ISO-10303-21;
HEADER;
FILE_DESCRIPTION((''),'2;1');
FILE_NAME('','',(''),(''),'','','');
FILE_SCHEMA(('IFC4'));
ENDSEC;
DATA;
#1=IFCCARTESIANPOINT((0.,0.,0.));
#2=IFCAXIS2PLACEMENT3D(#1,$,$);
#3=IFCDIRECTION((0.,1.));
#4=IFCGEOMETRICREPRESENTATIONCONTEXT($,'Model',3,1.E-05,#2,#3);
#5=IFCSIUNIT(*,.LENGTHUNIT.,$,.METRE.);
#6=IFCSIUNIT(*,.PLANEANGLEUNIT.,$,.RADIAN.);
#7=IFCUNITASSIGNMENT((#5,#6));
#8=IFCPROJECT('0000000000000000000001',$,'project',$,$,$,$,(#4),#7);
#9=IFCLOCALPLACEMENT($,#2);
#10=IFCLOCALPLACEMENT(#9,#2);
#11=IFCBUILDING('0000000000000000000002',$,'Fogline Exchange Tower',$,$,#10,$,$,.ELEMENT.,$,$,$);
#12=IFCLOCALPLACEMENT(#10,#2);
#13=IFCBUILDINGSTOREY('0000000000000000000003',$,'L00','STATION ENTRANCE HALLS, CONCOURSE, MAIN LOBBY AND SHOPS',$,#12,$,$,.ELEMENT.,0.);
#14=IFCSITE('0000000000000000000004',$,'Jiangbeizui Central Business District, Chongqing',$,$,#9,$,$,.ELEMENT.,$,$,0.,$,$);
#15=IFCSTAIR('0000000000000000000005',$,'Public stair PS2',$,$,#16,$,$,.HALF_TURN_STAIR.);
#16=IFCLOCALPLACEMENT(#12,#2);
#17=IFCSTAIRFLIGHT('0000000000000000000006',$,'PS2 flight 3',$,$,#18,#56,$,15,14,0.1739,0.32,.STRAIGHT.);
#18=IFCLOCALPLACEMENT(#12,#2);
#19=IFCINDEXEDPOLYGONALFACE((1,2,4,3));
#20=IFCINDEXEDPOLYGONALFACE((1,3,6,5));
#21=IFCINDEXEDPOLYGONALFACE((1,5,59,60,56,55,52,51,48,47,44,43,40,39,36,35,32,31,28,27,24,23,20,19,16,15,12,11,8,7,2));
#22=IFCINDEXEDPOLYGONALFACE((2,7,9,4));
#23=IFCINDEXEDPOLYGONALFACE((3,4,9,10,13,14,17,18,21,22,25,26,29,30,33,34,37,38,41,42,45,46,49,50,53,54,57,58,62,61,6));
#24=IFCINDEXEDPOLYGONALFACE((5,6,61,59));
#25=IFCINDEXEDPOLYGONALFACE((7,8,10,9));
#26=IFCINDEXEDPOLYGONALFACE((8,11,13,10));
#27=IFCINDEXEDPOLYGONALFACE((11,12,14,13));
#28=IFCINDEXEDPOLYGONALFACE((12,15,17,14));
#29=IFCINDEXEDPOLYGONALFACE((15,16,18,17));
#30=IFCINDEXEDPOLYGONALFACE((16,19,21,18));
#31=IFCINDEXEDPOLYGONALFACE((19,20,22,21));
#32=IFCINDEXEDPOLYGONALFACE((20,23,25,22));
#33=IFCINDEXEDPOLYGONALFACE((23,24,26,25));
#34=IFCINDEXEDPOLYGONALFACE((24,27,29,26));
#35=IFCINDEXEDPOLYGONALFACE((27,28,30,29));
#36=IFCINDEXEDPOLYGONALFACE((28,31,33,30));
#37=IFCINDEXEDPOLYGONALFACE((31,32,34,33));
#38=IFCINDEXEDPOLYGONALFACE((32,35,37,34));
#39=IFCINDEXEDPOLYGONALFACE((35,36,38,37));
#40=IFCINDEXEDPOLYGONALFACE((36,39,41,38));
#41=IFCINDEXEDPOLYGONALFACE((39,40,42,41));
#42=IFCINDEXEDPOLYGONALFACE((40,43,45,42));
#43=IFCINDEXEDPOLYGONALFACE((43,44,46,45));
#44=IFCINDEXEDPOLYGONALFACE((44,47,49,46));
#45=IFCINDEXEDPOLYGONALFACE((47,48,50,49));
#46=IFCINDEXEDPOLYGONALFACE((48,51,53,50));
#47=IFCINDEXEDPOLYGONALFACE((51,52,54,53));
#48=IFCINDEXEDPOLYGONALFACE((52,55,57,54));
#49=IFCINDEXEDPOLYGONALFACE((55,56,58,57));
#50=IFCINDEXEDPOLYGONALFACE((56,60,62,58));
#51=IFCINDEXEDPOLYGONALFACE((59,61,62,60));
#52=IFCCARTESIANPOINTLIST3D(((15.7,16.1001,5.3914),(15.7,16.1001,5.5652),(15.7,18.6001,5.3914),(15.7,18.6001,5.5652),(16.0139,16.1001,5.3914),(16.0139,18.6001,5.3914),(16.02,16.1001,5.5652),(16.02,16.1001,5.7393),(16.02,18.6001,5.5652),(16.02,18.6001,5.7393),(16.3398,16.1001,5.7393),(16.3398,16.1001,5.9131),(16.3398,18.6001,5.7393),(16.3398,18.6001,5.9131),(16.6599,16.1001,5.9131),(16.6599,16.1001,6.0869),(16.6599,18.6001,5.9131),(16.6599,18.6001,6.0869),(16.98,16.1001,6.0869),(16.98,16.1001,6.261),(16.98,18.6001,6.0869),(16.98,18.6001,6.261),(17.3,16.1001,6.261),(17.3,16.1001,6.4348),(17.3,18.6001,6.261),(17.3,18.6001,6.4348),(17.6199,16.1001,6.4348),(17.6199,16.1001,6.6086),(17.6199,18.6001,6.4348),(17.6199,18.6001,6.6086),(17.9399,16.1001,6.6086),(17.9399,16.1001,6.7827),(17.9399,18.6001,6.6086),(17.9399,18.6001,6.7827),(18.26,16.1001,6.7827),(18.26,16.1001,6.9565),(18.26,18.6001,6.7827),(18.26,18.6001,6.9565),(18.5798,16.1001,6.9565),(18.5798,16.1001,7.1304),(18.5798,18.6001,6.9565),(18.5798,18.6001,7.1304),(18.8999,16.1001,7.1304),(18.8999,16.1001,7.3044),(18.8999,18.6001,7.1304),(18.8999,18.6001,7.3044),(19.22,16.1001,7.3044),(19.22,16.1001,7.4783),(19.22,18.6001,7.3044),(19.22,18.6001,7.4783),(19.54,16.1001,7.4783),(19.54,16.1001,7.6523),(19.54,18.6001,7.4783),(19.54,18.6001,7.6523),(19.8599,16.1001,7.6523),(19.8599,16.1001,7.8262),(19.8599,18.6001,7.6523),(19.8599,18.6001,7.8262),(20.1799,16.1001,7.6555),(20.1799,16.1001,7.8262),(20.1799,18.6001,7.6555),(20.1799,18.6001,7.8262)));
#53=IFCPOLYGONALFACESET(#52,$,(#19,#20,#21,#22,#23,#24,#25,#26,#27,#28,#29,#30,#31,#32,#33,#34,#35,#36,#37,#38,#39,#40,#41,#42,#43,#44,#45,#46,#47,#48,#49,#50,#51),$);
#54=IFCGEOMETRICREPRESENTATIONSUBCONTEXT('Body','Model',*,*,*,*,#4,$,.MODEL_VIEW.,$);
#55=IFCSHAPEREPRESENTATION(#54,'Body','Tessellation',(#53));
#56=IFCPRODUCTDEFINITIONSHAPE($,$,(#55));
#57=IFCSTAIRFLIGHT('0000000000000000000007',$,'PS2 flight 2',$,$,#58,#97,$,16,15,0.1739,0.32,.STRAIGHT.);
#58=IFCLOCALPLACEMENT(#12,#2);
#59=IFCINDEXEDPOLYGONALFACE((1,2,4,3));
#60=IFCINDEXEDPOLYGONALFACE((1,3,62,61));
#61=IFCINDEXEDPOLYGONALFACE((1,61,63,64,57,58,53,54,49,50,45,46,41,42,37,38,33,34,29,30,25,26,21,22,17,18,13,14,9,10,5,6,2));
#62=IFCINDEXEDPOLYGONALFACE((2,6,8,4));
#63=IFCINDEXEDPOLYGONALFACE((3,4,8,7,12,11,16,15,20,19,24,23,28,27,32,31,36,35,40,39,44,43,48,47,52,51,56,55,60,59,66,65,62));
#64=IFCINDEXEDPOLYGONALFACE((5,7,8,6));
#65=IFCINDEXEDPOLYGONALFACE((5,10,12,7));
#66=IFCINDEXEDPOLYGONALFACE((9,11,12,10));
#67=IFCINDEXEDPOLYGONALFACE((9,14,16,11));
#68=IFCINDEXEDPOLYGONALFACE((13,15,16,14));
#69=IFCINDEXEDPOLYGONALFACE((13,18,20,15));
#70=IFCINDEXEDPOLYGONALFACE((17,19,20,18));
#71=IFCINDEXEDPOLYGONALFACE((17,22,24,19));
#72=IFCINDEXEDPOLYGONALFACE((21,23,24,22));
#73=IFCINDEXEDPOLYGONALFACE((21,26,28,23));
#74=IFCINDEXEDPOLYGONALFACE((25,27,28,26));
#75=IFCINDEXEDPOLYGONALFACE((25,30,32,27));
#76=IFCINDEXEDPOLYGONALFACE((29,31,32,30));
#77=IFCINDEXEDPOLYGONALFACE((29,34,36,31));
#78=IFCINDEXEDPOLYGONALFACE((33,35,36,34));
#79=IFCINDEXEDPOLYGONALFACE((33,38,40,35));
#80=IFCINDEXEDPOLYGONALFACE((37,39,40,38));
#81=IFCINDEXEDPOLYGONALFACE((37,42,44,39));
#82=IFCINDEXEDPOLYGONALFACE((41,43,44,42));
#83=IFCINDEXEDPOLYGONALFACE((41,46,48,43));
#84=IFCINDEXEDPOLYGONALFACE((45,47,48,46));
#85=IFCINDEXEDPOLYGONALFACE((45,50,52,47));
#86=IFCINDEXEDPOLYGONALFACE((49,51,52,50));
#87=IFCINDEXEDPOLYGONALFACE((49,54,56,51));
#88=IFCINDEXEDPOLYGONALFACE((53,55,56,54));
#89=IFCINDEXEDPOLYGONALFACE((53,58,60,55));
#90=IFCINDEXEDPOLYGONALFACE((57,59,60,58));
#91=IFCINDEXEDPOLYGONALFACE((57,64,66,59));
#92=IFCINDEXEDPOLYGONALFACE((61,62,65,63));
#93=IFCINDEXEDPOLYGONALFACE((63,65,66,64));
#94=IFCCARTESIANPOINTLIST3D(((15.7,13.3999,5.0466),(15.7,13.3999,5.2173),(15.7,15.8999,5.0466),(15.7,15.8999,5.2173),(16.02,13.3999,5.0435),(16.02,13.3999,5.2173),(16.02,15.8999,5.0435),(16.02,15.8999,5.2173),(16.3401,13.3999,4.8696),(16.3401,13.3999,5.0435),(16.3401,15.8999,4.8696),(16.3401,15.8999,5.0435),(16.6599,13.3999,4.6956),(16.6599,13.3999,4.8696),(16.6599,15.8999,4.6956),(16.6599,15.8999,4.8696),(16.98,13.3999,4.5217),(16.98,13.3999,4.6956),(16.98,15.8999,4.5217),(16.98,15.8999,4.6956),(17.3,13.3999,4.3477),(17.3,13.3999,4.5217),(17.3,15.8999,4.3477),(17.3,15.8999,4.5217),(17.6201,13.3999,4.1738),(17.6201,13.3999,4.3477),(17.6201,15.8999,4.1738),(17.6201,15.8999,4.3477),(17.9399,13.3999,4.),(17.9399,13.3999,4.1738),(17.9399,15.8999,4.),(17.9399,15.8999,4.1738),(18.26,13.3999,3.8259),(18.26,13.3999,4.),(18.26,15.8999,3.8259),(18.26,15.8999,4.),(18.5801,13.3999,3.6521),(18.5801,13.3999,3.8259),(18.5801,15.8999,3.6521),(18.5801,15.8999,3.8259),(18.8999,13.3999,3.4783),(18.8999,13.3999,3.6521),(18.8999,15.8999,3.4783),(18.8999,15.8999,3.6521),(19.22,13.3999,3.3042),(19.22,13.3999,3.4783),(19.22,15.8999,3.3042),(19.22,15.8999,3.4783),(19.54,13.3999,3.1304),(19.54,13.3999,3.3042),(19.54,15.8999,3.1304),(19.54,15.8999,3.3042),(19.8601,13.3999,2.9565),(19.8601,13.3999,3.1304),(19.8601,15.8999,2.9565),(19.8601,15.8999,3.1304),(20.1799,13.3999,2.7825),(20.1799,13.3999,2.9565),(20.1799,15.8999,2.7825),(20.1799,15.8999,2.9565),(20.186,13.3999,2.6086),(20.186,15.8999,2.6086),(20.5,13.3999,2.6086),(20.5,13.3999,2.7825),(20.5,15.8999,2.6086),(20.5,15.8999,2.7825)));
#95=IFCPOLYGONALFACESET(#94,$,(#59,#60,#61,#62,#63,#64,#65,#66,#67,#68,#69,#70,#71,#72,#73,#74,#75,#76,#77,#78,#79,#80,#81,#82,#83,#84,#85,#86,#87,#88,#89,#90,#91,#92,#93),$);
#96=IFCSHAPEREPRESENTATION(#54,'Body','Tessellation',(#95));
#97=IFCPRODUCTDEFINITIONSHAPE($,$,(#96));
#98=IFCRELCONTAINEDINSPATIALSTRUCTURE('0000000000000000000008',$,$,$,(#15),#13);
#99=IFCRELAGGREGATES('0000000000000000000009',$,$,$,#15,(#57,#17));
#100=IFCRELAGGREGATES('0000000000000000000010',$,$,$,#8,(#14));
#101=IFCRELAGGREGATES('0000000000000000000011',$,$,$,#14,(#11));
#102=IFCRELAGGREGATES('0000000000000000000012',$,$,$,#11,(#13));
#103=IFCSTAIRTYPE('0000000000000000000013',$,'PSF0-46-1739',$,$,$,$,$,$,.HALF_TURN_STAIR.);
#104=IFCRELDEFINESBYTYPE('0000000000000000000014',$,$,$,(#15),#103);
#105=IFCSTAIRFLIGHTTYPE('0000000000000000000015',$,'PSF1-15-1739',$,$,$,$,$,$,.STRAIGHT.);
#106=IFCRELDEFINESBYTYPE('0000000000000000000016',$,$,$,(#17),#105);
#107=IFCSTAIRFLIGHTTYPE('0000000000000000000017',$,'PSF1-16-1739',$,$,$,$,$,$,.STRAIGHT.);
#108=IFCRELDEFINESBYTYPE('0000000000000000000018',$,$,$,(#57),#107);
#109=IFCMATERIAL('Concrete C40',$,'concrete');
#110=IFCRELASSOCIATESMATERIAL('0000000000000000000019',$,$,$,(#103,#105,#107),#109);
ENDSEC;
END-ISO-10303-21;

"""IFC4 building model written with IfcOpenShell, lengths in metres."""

from ifc_helpers import new_model, si_unit, direction, frame, origin, place, context, subcontext, project, spatial, polyline, outline, extrude, material, type_object, element, aggregate, save


model = new_model("IFC4")

# Units and contexts
model_context = context("Model", 3, precision=1e-05, world=origin(), true_north=direction((0.0, 1.0)))
body_context = subcontext(model_context, "Body", "Model", "MODEL_VIEW")
ifc_project = project(units=[si_unit("LENGTHUNIT", "METRE"), si_unit("PLANEANGLEUNIT", "RADIAN")], contexts=[model_context])

# Site, building, storey
site_placement = place(None, origin())
site = spatial("IfcSite", under=ifc_project, at=site_placement, Name="Jiangbeizui Central Business District, Chongqing", CompositionType="ELEMENT", RefElevation=0.0)
building_placement = place(site_placement, origin())
building = spatial("IfcBuilding", under=site, at=building_placement, Name="Fogline Exchange Tower", CompositionType="ELEMENT")
storey_placement = place(building_placement, origin())
storey = spatial("IfcBuildingStorey", under=building, at=storey_placement, Name="L00", Description="STATION ENTRANCE HALLS, CONCOURSE, MAIN LOBBY AND SHOPS", CompositionType="ELEMENT", Elevation=0.0)

# Shared definitions
ifc_material_1 = material(Name="Concrete C40", Category="concrete")

# Stair, stair flights
stair_type = type_object("IfcStairType", Name="PSF0-46-1739", PredefinedType="HALF_TURN_STAIR", material=ifc_material_1)
stair_placement = place(storey_placement, origin())
stair = element("IfcStair", 1, at=stair_placement, inside=storey, type_object=stair_type, Name="Public stair PS2", PredefinedType="HALF_TURN_STAIR")
stair_flight_type_1 = type_object("IfcStairFlightType", Name="PSF1-15-1739", PredefinedType="STRAIGHT", material=ifc_material_1)
stair_flight_1_placement = place(storey_placement, frame((15.7, 17.3501, 5.3914), z_axis=(0.0, 0.0, 1.0), x_axis=(1.0, 0.0, 0.0)))
stair_flight_1 = element("IfcStairFlight", 2, at=stair_flight_1_placement, type_object=stair_flight_type_1, Name="PS2 flight 3", NumberOfRisers=15, NumberOfTreads=14, PredefinedType="STRAIGHT", RiserHeight=0.1739, TreadLength=0.32, context=body_context, shape_type="SweptSolid", body=[
    extrude(outline(polyline([(0.0, 0.0), (0.0, 0.1738), (0.3201, 0.1738), (0.3201, 0.3479), (0.6399, 0.3479), (0.6399, 0.5217), (0.96, 0.5217), (0.96, 0.6956), (1.28, 0.6956), (1.28, 0.8696), (1.6001, 0.8696), (1.6001, 1.0435), (1.9199, 1.0435), (1.9199, 1.2173), (2.24, 1.2173), (2.24, 1.3914), (2.5601, 1.3914), (2.5601, 1.5652), (2.8799, 1.5652), (2.8799, 1.739), (3.2, 1.739), (3.2, 1.9131), (3.52, 1.9131), (3.52, 2.0869), (3.8401, 2.0869), (3.8401, 2.261), (4.1599, 2.261), (4.1599, 2.4348), (4.48, 2.4348), (4.48, 2.6086), (4.48, 2.2642), (0.314, 0.0), (0.0, 0.0)])), frame((0.0, 1.25, 0.0), z_axis=(0.0, -1.0, 0.0), x_axis=(1.0, 0.0, 0.0)), (0.0, 0.0, 1.0), 2.5),
])
stair_flight_type_2 = type_object("IfcStairFlightType", Name="PSF1-16-1739", PredefinedType="STRAIGHT", material=ifc_material_1)
stair_flight_2_placement = place(storey_placement, frame((20.5, 14.6499, 2.6086), z_axis=(0.0, 0.0, 1.0), x_axis=(-1.0, 0.0, 0.0)))
stair_flight_2 = element("IfcStairFlight", 3, at=stair_flight_2_placement, type_object=stair_flight_type_2, Name="PS2 flight 2", NumberOfRisers=16, NumberOfTreads=15, PredefinedType="STRAIGHT", RiserHeight=0.1739, TreadLength=0.32, context=body_context, shape_type="SweptSolid", body=[
    extrude(outline(polyline([(0.0, 0.0), (0.0, 0.1738), (0.3201, 0.1738), (0.3201, 0.3479), (0.6399, 0.3479), (0.6399, 0.5217), (0.96, 0.5217), (0.96, 0.6956), (1.28, 0.6956), (1.28, 0.8696), (1.6001, 0.8696), (1.6001, 1.0435), (1.9199, 1.0435), (1.9199, 1.2173), (2.24, 1.2173), (2.24, 1.3914), (2.5601, 1.3914), (2.5601, 1.5652), (2.8799, 1.5652), (2.8799, 1.739), (3.2, 1.739), (3.2, 1.9131), (3.52, 1.9131), (3.52, 2.0869), (3.8401, 2.0869), (3.8401, 2.261), (4.1599, 2.261), (4.1599, 2.4348), (4.48, 2.4348), (4.48, 2.6086), (4.8, 2.6086), (4.8, 2.7827), (4.8, 2.438), (0.314, 0.0), (0.0, 0.0)])), frame((0.0, 1.25, 0.0), z_axis=(0.0, -1.0, 0.0), x_axis=(1.0, 0.0, 0.0)), (0.0, 0.0, 1.0), 2.5),
])
aggregate(stair, [stair_flight_2, stair_flight_1])

save(model, "model.ifc")
